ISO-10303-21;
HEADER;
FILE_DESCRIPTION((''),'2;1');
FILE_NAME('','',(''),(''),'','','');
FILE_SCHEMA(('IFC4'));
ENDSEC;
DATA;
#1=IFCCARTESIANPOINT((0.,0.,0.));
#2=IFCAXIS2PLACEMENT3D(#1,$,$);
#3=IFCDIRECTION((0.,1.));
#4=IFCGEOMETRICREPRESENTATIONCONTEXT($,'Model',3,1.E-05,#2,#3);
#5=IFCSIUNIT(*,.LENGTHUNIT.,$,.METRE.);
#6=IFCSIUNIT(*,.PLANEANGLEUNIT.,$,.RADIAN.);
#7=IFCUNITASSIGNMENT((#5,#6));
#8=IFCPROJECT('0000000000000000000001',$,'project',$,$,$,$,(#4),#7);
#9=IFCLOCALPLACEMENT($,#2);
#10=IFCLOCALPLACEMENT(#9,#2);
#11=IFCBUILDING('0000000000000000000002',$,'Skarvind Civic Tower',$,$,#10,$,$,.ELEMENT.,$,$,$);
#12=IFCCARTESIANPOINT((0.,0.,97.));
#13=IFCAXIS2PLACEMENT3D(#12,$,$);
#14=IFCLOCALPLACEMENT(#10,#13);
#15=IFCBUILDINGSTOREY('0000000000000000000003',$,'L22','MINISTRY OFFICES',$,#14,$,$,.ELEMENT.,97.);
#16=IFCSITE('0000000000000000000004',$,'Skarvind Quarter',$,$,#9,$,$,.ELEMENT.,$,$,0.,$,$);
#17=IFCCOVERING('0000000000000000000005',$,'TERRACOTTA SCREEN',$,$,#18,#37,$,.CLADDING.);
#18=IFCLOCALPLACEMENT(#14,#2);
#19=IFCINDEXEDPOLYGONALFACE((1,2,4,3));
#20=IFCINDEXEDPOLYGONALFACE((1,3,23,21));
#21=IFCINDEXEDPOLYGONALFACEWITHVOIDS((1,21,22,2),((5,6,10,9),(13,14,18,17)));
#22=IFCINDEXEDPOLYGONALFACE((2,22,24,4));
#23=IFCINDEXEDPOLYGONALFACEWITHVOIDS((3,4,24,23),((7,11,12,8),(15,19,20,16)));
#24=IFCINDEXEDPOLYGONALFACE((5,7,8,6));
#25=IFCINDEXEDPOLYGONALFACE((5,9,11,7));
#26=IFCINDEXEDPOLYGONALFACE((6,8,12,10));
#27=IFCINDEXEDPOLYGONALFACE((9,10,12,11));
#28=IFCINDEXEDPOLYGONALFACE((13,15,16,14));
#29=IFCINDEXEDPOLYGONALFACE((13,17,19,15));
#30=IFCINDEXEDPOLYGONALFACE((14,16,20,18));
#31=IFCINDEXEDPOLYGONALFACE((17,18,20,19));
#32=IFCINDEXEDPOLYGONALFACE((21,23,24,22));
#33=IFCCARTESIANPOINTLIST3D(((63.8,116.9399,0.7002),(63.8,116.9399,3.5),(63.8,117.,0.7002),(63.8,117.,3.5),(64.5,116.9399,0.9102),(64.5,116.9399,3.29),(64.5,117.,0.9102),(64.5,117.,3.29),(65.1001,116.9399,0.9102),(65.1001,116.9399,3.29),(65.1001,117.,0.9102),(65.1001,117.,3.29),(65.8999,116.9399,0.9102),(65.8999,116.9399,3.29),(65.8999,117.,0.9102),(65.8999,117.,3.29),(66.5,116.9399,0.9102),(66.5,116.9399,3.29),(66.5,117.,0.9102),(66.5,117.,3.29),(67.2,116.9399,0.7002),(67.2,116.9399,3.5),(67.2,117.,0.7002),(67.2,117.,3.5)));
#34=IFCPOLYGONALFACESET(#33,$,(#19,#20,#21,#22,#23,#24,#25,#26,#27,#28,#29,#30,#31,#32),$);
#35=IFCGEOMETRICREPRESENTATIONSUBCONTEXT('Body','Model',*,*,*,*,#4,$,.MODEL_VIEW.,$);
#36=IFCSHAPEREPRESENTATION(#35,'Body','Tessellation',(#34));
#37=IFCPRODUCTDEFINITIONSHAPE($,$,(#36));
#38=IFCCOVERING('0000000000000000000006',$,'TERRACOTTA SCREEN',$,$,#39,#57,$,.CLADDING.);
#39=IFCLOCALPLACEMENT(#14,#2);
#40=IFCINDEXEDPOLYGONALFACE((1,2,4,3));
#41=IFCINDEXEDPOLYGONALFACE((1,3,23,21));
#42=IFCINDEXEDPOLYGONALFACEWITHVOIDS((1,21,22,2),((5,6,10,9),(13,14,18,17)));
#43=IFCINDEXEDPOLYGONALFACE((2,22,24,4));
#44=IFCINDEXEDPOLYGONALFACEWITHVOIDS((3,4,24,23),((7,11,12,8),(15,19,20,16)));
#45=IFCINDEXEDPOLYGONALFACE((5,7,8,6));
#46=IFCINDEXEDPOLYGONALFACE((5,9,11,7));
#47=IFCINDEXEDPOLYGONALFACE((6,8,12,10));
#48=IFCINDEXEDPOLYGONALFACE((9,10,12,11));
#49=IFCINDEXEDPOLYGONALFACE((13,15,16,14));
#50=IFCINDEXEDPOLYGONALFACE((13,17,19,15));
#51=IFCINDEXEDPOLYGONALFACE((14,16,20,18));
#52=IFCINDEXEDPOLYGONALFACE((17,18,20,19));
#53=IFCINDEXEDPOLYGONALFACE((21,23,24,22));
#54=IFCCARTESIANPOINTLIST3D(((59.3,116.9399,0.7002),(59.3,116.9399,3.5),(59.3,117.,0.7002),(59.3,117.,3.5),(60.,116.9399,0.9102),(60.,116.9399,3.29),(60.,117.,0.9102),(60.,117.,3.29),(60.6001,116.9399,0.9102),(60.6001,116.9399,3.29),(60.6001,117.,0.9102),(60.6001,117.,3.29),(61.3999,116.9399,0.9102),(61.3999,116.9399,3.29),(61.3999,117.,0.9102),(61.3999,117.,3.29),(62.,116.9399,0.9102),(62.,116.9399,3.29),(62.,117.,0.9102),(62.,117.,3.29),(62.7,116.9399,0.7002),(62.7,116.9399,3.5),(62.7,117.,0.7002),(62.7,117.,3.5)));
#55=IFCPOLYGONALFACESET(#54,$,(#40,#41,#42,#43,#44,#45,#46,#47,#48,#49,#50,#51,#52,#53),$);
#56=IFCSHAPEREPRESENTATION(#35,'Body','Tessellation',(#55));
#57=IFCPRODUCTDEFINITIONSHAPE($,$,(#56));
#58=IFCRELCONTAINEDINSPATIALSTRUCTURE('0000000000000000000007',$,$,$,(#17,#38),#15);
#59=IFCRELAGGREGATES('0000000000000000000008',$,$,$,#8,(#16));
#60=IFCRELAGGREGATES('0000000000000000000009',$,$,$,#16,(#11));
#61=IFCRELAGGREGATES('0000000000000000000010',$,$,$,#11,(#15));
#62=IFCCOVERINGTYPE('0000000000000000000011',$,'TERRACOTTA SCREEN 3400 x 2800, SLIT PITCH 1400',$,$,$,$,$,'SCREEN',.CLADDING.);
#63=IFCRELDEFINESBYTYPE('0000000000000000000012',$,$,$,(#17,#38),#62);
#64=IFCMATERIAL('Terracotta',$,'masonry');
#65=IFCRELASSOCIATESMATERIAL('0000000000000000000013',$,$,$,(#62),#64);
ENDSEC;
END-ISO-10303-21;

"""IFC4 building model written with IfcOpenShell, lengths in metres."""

from ifc_helpers import new_model, si_unit, direction, frame, origin, place, context, subcontext, project, spatial, polyline, outline, extrude, material, material_profile, profile_set, type_object, element, save


model = new_model("IFC4")

# Units and contexts
model_context = context("Model", 3, precision=1e-05, world=origin(), true_north=direction((0.0, 1.0)))
body_context = subcontext(model_context, "Body", "Model", "MODEL_VIEW")
ifc_project = project(units=[si_unit("LENGTHUNIT", "METRE"), si_unit("PLANEANGLEUNIT", "RADIAN")], contexts=[model_context])

# Site, building, storey
site_placement = place(None, origin())
site = spatial("IfcSite", under=ifc_project, at=site_placement, Name="Skarvind Quarter", CompositionType="ELEMENT", RefElevation=0.0)
building_placement = place(site_placement, origin())
building = spatial("IfcBuilding", under=site, at=building_placement, Name="Skarvind Civic Tower", CompositionType="ELEMENT")
storey_placement = place(building_placement, frame((0.0, 0.0, 97.0)))
storey = spatial("IfcBuildingStorey", under=building, at=storey_placement, Name="L22", Description="MINISTRY OFFICES", CompositionType="ELEMENT", Elevation=97.0)

# Coverings
ifc_material_1 = material(Name="Terracotta", Category="masonry")
ifc_material_profile_1 = material_profile(ifc_material_1, outline(polyline([(-1.7, -1.3999), (1.7, -1.3999), (1.7, 1.3999), (-1.7, 1.3999), (-1.7, -1.3999)]), holes=[polyline([(-1.0, -1.1899), (-0.3999, -1.1899), (-0.3999, 1.1899), (-1.0, 1.1899), (-1.0, -1.1899)]), polyline([(0.3999, -1.1899), (1.0, -1.1899), (1.0, 1.1899), (0.3999, 1.1899), (0.3999, -1.1899)])]), Name="TERRACOTTA SCREEN 3400 x 2800, SLIT PITCH 1400")
ifc_profile_set_1 = profile_set([ifc_material_profile_1], Name="Terracotta")
covering_type = type_object("IfcCoveringType", Name="TERRACOTTA SCREEN 3400 x 2800, SLIT PITCH 1400", ElementType="SCREEN", PredefinedType="CLADDING", material=ifc_profile_set_1)
for number, where, z_axis, x_axis, name in (
    (1, (65.5, 117.0, 2.1001), (0.0, -1.0, 0.0), (1.0, 0.0, 0.0), "TERRACOTTA SCREEN"),
    (2, (61.0, 117.0, 2.1001), (0.0, -1.0, 0.0), (1.0, 0.0, 0.0), "TERRACOTTA SCREEN"),
):
    element("IfcCovering", number, at=place(storey_placement, frame(where, z_axis=z_axis, x_axis=x_axis)), inside=storey, type_object=covering_type, Name=name, PredefinedType="CLADDING", context=body_context, shape_type="SweptSolid", body=[
        extrude(outline(polyline([(-1.7, -1.3999), (1.7, -1.3999), (1.7, 1.3999), (-1.7, 1.3999), (-1.7, -1.3999)]), holes=[polyline([(-1.0, -1.1899), (-0.3999, -1.1899), (-0.3999, 1.1899), (-1.0, 1.1899), (-1.0, -1.1899)]), polyline([(0.3999, -1.1899), (1.0, -1.1899), (1.0, 1.1899), (0.3999, 1.1899), (0.3999, -1.1899)])]), origin(), (0.0, 0.0, 1.0), 0.0601),
    ])

save(model, "model.ifc")
